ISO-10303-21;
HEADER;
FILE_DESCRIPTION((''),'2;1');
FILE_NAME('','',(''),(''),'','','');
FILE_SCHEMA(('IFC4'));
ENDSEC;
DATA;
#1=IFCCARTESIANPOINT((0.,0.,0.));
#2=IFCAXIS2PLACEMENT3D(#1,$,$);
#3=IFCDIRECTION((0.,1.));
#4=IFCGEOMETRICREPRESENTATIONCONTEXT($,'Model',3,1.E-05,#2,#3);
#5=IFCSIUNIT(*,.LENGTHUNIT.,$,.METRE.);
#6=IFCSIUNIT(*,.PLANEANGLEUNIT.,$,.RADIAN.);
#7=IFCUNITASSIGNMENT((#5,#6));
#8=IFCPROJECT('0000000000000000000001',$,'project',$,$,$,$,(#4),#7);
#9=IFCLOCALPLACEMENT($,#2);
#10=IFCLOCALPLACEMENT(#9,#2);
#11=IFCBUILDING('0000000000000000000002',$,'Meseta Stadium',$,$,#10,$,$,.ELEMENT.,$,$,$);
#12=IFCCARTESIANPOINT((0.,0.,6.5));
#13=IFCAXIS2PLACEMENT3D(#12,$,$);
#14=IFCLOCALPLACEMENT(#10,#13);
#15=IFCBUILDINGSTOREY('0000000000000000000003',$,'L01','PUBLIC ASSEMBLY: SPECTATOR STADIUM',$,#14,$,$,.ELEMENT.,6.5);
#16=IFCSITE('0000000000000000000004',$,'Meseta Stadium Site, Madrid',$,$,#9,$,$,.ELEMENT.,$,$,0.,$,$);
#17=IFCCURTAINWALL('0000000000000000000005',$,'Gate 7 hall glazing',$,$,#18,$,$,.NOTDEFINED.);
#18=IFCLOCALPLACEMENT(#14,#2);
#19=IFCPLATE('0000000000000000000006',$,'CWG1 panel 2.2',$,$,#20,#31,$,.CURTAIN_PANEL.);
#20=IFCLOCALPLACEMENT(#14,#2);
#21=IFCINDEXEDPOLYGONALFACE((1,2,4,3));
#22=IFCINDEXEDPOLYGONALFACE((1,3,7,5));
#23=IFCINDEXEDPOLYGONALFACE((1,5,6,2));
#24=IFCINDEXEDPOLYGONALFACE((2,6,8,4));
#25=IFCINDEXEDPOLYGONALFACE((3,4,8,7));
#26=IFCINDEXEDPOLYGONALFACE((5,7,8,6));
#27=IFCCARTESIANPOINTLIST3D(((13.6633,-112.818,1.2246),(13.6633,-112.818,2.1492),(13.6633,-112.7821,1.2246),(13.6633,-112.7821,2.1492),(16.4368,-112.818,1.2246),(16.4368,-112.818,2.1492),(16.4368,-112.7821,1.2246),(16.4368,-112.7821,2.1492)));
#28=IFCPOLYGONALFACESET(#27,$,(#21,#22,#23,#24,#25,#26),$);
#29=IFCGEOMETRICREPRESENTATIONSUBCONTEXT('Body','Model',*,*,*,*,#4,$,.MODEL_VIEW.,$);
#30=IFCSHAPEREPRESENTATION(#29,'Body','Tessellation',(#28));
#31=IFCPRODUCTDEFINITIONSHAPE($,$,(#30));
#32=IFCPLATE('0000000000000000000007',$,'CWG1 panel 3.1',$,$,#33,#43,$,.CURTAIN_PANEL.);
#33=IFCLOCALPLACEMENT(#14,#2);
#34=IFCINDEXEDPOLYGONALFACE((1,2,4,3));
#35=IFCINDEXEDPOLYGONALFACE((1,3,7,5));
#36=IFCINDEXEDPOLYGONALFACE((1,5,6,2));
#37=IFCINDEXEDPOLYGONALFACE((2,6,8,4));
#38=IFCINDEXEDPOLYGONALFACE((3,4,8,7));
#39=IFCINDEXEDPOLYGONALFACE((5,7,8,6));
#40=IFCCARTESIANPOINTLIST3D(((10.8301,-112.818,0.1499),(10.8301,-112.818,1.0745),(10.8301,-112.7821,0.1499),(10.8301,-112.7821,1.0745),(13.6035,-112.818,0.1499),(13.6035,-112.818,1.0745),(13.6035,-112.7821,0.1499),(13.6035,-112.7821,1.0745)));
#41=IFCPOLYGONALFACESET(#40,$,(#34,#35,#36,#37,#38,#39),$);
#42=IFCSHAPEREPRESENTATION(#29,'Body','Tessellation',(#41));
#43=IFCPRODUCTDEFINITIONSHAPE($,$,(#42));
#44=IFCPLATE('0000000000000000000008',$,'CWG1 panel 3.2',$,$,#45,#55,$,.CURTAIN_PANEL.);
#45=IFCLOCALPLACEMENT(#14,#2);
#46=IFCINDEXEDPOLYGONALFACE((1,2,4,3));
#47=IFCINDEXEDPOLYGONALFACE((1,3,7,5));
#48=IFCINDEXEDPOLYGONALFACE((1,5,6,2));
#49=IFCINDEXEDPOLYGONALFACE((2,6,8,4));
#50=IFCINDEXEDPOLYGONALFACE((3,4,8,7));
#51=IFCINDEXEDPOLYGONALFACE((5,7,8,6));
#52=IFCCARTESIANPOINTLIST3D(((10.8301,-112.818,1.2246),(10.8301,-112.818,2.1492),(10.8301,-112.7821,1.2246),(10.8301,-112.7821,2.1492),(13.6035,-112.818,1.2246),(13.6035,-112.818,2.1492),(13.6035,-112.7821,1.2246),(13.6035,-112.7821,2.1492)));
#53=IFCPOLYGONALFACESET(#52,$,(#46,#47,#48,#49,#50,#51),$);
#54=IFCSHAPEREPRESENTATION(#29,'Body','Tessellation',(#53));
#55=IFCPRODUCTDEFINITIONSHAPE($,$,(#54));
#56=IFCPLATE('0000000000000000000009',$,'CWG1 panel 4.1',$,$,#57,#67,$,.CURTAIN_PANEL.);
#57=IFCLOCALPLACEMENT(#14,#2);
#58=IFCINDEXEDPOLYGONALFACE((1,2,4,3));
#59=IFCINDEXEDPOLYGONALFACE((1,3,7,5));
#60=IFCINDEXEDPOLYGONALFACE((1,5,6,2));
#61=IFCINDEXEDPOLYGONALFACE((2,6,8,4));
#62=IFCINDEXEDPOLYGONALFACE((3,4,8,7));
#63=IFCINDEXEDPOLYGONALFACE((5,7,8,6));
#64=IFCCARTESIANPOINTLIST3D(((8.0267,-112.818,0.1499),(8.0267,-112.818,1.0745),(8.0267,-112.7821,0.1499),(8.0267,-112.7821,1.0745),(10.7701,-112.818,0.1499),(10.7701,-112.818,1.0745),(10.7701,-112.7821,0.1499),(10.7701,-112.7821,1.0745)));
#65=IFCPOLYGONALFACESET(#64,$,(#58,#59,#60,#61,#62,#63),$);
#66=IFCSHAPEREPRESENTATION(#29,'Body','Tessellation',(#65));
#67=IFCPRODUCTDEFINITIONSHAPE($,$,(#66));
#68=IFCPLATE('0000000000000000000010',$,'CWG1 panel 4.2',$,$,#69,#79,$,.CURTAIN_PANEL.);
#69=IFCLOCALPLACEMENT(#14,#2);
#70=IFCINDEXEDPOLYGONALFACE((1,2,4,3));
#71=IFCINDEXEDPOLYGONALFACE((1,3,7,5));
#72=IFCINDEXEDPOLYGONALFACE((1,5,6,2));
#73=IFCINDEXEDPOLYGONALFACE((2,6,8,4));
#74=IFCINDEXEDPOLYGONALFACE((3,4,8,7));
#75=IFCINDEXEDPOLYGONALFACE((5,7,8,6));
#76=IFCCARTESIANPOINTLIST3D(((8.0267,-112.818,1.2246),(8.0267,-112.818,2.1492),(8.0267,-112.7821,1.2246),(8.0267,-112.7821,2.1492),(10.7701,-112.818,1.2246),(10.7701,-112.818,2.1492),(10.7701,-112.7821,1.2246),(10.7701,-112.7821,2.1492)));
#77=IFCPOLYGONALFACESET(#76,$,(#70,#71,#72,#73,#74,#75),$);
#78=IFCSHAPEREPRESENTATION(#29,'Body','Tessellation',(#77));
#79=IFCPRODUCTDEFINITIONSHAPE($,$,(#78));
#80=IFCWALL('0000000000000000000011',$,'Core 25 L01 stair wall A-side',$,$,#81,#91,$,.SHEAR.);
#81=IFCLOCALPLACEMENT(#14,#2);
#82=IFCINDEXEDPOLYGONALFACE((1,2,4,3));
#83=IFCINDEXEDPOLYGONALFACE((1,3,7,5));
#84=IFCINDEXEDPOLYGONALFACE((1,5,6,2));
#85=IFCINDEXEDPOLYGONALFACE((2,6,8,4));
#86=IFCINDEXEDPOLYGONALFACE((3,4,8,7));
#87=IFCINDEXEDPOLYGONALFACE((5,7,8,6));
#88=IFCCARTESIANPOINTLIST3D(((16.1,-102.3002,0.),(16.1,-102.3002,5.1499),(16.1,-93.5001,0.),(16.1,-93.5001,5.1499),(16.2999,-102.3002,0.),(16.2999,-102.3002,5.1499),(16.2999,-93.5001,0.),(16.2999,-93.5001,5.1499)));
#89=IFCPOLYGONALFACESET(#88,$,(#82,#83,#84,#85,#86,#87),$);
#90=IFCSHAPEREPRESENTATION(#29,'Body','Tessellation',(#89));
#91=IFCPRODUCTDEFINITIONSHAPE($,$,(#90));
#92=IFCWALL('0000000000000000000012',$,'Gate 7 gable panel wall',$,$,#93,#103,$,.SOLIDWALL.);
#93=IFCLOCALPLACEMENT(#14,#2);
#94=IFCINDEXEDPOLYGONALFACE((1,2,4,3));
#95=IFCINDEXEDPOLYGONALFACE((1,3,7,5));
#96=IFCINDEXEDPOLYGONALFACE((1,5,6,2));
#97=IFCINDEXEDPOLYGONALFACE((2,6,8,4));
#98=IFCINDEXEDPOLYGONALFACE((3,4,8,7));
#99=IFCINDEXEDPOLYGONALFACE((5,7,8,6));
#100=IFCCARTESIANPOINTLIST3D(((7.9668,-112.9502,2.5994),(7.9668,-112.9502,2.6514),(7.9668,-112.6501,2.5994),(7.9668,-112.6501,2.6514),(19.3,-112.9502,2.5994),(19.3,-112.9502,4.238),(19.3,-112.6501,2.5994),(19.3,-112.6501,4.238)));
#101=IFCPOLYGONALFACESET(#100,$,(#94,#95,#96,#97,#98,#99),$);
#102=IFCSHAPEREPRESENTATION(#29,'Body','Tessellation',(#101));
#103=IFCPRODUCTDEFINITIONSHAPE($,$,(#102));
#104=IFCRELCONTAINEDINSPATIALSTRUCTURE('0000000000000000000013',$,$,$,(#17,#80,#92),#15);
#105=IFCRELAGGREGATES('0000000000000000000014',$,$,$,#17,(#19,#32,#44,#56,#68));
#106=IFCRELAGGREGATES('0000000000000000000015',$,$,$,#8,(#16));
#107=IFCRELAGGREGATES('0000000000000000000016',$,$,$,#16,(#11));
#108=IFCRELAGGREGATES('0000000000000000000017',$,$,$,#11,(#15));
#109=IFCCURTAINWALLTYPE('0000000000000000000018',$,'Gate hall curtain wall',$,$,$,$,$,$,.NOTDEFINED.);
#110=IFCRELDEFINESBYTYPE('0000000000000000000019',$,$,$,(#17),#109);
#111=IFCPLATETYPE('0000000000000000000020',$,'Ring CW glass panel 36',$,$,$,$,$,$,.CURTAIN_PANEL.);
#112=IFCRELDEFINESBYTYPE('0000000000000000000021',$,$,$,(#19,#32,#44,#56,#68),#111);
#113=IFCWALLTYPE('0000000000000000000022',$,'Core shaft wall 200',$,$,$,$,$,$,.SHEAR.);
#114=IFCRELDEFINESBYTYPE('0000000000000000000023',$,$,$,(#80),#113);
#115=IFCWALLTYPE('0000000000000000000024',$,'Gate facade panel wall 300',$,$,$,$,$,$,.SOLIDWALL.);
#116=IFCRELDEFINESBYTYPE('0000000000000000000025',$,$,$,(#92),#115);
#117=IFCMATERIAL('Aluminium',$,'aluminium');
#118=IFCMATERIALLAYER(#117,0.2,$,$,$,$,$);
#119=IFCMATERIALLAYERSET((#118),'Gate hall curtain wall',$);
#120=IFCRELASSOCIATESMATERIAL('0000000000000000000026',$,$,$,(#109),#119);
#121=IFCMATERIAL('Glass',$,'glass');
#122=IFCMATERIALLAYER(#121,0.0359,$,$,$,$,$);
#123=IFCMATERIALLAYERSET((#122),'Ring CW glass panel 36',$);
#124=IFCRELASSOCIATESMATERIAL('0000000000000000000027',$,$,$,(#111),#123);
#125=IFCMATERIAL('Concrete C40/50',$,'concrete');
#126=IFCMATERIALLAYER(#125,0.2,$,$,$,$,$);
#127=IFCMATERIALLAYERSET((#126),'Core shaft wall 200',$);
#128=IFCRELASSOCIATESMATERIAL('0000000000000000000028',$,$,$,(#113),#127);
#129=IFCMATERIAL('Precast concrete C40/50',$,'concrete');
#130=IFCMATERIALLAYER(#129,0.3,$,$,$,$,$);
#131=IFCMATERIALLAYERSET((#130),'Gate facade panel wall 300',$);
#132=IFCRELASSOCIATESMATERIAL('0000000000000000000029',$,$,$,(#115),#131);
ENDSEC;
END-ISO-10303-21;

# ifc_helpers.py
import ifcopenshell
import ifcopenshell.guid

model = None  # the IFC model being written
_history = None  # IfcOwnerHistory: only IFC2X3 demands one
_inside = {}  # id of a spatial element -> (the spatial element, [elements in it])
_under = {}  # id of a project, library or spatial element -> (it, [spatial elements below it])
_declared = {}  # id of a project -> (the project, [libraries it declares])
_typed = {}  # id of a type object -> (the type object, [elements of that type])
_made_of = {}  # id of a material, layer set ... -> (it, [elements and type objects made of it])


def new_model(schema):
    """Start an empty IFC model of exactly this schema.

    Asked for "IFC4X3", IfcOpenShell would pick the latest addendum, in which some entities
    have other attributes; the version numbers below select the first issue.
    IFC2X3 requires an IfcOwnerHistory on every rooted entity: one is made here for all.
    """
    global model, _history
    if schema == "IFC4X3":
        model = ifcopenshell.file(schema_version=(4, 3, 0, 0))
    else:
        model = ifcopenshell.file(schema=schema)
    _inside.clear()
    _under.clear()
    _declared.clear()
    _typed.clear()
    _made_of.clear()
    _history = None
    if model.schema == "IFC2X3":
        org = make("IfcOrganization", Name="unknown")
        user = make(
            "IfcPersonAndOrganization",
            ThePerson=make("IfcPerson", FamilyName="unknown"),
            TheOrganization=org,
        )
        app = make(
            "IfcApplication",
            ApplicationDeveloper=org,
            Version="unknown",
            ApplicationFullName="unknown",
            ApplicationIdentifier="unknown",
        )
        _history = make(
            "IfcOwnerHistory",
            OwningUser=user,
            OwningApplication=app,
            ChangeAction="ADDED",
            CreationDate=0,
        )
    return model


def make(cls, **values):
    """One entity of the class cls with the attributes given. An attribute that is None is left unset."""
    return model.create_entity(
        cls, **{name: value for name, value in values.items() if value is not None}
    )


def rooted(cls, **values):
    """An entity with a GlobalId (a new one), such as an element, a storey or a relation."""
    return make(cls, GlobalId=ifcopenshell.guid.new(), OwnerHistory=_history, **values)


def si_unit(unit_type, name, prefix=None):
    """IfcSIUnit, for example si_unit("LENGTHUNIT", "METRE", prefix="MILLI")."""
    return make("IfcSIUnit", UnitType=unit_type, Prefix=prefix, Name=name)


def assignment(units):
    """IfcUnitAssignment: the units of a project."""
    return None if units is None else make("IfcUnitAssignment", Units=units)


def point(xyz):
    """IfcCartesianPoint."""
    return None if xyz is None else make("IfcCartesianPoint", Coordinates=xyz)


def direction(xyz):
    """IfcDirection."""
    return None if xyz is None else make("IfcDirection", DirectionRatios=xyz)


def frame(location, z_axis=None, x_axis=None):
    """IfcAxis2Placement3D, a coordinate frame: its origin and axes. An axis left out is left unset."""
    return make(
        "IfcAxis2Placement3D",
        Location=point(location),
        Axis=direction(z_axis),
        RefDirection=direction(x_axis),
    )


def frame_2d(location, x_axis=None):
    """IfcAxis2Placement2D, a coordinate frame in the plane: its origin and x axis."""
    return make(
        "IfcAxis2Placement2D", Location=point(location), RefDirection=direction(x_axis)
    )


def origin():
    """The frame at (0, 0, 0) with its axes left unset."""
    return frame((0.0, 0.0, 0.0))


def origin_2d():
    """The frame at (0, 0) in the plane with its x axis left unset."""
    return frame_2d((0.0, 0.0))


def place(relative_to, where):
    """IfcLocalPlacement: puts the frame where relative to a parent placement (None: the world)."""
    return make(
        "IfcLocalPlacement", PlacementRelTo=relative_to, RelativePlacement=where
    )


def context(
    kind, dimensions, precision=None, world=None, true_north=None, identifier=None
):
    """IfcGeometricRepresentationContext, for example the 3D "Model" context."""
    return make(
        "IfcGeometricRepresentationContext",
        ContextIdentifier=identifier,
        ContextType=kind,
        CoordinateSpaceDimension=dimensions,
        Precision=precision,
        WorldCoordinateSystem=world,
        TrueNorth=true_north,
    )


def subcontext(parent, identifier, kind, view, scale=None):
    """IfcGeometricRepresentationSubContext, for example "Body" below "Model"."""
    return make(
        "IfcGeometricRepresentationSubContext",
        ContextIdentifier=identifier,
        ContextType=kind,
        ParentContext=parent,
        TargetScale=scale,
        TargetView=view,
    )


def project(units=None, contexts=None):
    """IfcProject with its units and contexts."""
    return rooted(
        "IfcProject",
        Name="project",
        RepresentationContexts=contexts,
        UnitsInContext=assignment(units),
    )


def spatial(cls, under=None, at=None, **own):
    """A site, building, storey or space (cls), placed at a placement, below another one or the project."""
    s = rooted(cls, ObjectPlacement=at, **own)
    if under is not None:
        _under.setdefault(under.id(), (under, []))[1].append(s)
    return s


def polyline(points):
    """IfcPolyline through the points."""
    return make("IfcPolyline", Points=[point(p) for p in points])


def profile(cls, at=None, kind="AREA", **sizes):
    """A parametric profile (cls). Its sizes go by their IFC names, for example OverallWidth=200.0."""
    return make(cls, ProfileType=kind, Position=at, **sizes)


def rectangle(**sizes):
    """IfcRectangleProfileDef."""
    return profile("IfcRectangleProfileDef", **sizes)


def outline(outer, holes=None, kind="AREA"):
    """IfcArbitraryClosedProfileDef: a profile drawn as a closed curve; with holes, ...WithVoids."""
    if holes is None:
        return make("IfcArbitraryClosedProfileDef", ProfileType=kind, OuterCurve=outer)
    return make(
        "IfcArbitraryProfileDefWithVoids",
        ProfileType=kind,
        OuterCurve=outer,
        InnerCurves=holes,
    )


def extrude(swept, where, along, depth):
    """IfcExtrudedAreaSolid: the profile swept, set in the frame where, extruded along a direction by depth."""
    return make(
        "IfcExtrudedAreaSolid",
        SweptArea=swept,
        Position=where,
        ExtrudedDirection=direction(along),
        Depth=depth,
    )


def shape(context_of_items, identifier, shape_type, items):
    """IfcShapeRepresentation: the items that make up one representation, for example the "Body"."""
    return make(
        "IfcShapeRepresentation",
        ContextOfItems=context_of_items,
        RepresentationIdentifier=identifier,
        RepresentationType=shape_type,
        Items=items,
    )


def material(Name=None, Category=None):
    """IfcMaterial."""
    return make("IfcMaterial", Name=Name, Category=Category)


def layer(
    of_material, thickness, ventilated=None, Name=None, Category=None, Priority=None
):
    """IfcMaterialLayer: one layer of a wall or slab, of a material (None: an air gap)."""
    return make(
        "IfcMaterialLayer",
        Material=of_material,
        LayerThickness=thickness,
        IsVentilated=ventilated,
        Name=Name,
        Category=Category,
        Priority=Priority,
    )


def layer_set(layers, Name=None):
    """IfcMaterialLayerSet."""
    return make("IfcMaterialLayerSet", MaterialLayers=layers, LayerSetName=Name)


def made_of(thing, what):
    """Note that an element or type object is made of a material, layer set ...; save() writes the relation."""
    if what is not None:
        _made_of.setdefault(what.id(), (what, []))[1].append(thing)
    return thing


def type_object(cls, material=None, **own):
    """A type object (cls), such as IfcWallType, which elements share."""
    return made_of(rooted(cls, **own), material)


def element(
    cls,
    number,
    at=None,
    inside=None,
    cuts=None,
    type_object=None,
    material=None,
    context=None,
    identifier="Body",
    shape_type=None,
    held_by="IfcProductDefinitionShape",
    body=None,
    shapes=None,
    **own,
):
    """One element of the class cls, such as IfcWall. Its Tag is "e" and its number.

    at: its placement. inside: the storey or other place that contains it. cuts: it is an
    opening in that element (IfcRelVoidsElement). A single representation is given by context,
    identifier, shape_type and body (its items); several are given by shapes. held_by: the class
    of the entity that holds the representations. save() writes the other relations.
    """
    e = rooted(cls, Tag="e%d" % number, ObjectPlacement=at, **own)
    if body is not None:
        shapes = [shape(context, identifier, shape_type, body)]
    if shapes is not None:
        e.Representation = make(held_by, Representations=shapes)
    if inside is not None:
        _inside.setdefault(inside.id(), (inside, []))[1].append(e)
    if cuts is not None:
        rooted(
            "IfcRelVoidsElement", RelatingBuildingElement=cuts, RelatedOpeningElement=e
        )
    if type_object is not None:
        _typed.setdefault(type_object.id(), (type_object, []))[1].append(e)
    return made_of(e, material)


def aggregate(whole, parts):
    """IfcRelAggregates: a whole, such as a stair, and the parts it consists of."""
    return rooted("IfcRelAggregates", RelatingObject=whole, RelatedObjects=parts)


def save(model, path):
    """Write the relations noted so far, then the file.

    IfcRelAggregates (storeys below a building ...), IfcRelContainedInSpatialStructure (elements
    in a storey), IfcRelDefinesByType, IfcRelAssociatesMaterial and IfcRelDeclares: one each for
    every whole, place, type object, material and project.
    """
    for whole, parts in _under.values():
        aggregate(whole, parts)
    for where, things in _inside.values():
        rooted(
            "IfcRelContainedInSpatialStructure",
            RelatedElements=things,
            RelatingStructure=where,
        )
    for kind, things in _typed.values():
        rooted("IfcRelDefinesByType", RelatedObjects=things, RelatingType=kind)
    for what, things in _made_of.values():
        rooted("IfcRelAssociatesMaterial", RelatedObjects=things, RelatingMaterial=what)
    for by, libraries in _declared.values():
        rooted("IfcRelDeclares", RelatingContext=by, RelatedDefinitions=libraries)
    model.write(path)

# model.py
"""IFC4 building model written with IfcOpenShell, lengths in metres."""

from ifc_helpers import new_model, si_unit, direction, frame, frame_2d, origin, origin_2d, place, context, subcontext, project, spatial, polyline, rectangle, outline, extrude, material, layer, layer_set, type_object, element, aggregate, save


model = new_model("IFC4")

# Units and contexts
model_context = context("Model", 3, precision=1e-05, world=origin(), true_north=direction((0.0, 1.0)))
body_context = subcontext(model_context, "Body", "Model", "MODEL_VIEW")
ifc_project = project(units=[si_unit("LENGTHUNIT", "METRE"), si_unit("PLANEANGLEUNIT", "RADIAN")], contexts=[model_context])

# Site, building, storey
site_placement = place(None, origin())
site = spatial("IfcSite", under=ifc_project, at=site_placement, Name="Meseta Stadium Site, Madrid", CompositionType="ELEMENT", RefElevation=0.0)
building_placement = place(site_placement, origin())
building = spatial("IfcBuilding", under=site, at=building_placement, Name="Meseta Stadium", CompositionType="ELEMENT")
storey_placement = place(building_placement, frame((0.0, 0.0, 6.5)))
storey = spatial("IfcBuildingStorey", under=building, at=storey_placement, Name="L01", Description="PUBLIC ASSEMBLY: SPECTATOR STADIUM", CompositionType="ELEMENT", Elevation=6.5)

# Curtain wall, plates
ifc_material_1 = material(Name="Aluminium", Category="aluminium")
ifc_layer_1 = layer(ifc_material_1, 0.2)
ifc_layer_set_1 = layer_set([ifc_layer_1], Name="Gate hall curtain wall")
curtain_wall_type = type_object("IfcCurtainWallType", Name="Gate hall curtain wall", PredefinedType="NOTDEFINED", material=ifc_layer_set_1)
curtain_wall_placement = place(storey_placement, origin())
curtain_wall = element("IfcCurtainWall", 1, at=curtain_wall_placement, inside=storey, type_object=curtain_wall_type, Name="Gate 7 hall glazing", PredefinedType="NOTDEFINED")
ifc_material_2 = material(Name="Glass", Category="glass")
ifc_layer_2 = layer(ifc_material_2, 0.0359)
ifc_layer_set_2 = layer_set([ifc_layer_2], Name="Ring CW glass panel 36")
plate_type = type_object("IfcPlateType", Name="Ring CW glass panel 36", PredefinedType="CURTAIN_PANEL", material=ifc_layer_set_2)
plate_1_placement = place(storey_placement, frame((15.05, -112.8, 1.2246), z_axis=(0.0, 0.0, 1.0), x_axis=(-1.0, 0.0, 0.0)))
plate_1 = element("IfcPlate", 2, at=plate_1_placement, type_object=plate_type, Name="CWG1 panel 2.2", PredefinedType="CURTAIN_PANEL", context=body_context, shape_type="SweptSolid", body=[
    extrude(rectangle(XDim=2.7734, YDim=0.0359, at=origin_2d()), origin(), (0.0, 0.0, 1.0), 0.9246),
])
plate_2_placement = place(storey_placement, frame((12.2168, -112.8, 0.1499), z_axis=(0.0, 0.0, 1.0), x_axis=(-1.0, 0.0, 0.0)))
plate_2 = element("IfcPlate", 3, at=plate_2_placement, type_object=plate_type, Name="CWG1 panel 3.1", PredefinedType="CURTAIN_PANEL", context=body_context, shape_type="SweptSolid", body=[
    extrude(rectangle(XDim=2.7734, YDim=0.0359, at=origin_2d()), origin(), (0.0, 0.0, 1.0), 0.9246),
])
plate_3_placement = place(storey_placement, frame((12.2168, -112.8, 1.2246), z_axis=(0.0, 0.0, 1.0), x_axis=(-1.0, 0.0, 0.0)))
plate_3 = element("IfcPlate", 4, at=plate_3_placement, type_object=plate_type, Name="CWG1 panel 3.2", PredefinedType="CURTAIN_PANEL", context=body_context, shape_type="SweptSolid", body=[
    extrude(rectangle(XDim=2.7734, YDim=0.0359, at=origin_2d()), origin(), (0.0, 0.0, 1.0), 0.9246),
])
plate_4_placement = place(storey_placement, frame((9.3984, -112.8, 0.1499), z_axis=(0.0, 0.0, 1.0), x_axis=(-1.0, 0.0, 0.0)))
plate_4 = element("IfcPlate", 5, at=plate_4_placement, type_object=plate_type, Name="CWG1 panel 4.1", PredefinedType="CURTAIN_PANEL", context=body_context, shape_type="SweptSolid", body=[
    extrude(rectangle(XDim=2.7434, YDim=0.0359, at=origin_2d()), origin(), (0.0, 0.0, 1.0), 0.9246),
])
plate_5_placement = place(storey_placement, frame((9.3984, -112.8, 1.2246), z_axis=(0.0, 0.0, 1.0), x_axis=(-1.0, 0.0, 0.0)))
plate_5 = element("IfcPlate", 6, at=plate_5_placement, type_object=plate_type, Name="CWG1 panel 4.2", PredefinedType="CURTAIN_PANEL", context=body_context, shape_type="SweptSolid", body=[
    extrude(rectangle(XDim=2.7434, YDim=0.0359, at=origin_2d()), origin(), (0.0, 0.0, 1.0), 0.9246),
])
aggregate(curtain_wall, [plate_1, plate_2, plate_3, plate_4, plate_5])

# Walls
ifc_material_3 = material(Name="Concrete C40/50", Category="concrete")
ifc_layer_3 = layer(ifc_material_3, 0.2)
ifc_layer_set_3 = layer_set([ifc_layer_3], Name="Core shaft wall 200")
wall_type_1 = type_object("IfcWallType", Name="Core shaft wall 200", PredefinedType="SHEAR", material=ifc_layer_set_3)
wall_1_placement = place(storey_placement, frame((16.2, -102.3, 0.0), z_axis=(0.0, 0.0, 1.0), x_axis=(0.0, 1.0, 0.0)))
element("IfcWall", 7, at=wall_1_placement, inside=storey, type_object=wall_type_1, Name="Core 25 L01 stair wall A-side", PredefinedType="SHEAR", context=body_context, shape_type="SweptSolid", body=[
    extrude(rectangle(XDim=8.8, YDim=0.2, at=frame_2d((4.3999, 0.0))), origin(), (0.0, 0.0, 1.0), 5.1499),
])
ifc_material_4 = material(Name="Precast concrete C40/50", Category="concrete")
ifc_layer_4 = layer(ifc_material_4, 0.3)
ifc_layer_set_4 = layer_set([ifc_layer_4], Name="Gate facade panel wall 300")
wall_type_2 = type_object("IfcWallType", Name="Gate facade panel wall 300", PredefinedType="SOLIDWALL", material=ifc_layer_set_4)
wall_2_placement = place(storey_placement, frame((7.9668, -112.8, 2.5994), z_axis=(0.0, 0.0, 1.0), x_axis=(1.0, 0.0, 0.0)))
element("IfcWall", 8, at=wall_2_placement, inside=storey, type_object=wall_type_2, Name="Gate 7 gable panel wall", PredefinedType="SOLIDWALL", context=body_context, shape_type="SweptSolid", body=[
    extrude(outline(polyline([(0.0, 0.0), (11.3333, 0.0), (11.3333, 1.6387), (0.0, 0.052), (0.0, 0.0)])), frame((0.0, 0.1499, 0.0), z_axis=(0.0, -1.0, 0.0), x_axis=(1.0, 0.0, 0.0)), (0.0, 0.0, 1.0), 0.3),
])

save(model, "model.ifc")
